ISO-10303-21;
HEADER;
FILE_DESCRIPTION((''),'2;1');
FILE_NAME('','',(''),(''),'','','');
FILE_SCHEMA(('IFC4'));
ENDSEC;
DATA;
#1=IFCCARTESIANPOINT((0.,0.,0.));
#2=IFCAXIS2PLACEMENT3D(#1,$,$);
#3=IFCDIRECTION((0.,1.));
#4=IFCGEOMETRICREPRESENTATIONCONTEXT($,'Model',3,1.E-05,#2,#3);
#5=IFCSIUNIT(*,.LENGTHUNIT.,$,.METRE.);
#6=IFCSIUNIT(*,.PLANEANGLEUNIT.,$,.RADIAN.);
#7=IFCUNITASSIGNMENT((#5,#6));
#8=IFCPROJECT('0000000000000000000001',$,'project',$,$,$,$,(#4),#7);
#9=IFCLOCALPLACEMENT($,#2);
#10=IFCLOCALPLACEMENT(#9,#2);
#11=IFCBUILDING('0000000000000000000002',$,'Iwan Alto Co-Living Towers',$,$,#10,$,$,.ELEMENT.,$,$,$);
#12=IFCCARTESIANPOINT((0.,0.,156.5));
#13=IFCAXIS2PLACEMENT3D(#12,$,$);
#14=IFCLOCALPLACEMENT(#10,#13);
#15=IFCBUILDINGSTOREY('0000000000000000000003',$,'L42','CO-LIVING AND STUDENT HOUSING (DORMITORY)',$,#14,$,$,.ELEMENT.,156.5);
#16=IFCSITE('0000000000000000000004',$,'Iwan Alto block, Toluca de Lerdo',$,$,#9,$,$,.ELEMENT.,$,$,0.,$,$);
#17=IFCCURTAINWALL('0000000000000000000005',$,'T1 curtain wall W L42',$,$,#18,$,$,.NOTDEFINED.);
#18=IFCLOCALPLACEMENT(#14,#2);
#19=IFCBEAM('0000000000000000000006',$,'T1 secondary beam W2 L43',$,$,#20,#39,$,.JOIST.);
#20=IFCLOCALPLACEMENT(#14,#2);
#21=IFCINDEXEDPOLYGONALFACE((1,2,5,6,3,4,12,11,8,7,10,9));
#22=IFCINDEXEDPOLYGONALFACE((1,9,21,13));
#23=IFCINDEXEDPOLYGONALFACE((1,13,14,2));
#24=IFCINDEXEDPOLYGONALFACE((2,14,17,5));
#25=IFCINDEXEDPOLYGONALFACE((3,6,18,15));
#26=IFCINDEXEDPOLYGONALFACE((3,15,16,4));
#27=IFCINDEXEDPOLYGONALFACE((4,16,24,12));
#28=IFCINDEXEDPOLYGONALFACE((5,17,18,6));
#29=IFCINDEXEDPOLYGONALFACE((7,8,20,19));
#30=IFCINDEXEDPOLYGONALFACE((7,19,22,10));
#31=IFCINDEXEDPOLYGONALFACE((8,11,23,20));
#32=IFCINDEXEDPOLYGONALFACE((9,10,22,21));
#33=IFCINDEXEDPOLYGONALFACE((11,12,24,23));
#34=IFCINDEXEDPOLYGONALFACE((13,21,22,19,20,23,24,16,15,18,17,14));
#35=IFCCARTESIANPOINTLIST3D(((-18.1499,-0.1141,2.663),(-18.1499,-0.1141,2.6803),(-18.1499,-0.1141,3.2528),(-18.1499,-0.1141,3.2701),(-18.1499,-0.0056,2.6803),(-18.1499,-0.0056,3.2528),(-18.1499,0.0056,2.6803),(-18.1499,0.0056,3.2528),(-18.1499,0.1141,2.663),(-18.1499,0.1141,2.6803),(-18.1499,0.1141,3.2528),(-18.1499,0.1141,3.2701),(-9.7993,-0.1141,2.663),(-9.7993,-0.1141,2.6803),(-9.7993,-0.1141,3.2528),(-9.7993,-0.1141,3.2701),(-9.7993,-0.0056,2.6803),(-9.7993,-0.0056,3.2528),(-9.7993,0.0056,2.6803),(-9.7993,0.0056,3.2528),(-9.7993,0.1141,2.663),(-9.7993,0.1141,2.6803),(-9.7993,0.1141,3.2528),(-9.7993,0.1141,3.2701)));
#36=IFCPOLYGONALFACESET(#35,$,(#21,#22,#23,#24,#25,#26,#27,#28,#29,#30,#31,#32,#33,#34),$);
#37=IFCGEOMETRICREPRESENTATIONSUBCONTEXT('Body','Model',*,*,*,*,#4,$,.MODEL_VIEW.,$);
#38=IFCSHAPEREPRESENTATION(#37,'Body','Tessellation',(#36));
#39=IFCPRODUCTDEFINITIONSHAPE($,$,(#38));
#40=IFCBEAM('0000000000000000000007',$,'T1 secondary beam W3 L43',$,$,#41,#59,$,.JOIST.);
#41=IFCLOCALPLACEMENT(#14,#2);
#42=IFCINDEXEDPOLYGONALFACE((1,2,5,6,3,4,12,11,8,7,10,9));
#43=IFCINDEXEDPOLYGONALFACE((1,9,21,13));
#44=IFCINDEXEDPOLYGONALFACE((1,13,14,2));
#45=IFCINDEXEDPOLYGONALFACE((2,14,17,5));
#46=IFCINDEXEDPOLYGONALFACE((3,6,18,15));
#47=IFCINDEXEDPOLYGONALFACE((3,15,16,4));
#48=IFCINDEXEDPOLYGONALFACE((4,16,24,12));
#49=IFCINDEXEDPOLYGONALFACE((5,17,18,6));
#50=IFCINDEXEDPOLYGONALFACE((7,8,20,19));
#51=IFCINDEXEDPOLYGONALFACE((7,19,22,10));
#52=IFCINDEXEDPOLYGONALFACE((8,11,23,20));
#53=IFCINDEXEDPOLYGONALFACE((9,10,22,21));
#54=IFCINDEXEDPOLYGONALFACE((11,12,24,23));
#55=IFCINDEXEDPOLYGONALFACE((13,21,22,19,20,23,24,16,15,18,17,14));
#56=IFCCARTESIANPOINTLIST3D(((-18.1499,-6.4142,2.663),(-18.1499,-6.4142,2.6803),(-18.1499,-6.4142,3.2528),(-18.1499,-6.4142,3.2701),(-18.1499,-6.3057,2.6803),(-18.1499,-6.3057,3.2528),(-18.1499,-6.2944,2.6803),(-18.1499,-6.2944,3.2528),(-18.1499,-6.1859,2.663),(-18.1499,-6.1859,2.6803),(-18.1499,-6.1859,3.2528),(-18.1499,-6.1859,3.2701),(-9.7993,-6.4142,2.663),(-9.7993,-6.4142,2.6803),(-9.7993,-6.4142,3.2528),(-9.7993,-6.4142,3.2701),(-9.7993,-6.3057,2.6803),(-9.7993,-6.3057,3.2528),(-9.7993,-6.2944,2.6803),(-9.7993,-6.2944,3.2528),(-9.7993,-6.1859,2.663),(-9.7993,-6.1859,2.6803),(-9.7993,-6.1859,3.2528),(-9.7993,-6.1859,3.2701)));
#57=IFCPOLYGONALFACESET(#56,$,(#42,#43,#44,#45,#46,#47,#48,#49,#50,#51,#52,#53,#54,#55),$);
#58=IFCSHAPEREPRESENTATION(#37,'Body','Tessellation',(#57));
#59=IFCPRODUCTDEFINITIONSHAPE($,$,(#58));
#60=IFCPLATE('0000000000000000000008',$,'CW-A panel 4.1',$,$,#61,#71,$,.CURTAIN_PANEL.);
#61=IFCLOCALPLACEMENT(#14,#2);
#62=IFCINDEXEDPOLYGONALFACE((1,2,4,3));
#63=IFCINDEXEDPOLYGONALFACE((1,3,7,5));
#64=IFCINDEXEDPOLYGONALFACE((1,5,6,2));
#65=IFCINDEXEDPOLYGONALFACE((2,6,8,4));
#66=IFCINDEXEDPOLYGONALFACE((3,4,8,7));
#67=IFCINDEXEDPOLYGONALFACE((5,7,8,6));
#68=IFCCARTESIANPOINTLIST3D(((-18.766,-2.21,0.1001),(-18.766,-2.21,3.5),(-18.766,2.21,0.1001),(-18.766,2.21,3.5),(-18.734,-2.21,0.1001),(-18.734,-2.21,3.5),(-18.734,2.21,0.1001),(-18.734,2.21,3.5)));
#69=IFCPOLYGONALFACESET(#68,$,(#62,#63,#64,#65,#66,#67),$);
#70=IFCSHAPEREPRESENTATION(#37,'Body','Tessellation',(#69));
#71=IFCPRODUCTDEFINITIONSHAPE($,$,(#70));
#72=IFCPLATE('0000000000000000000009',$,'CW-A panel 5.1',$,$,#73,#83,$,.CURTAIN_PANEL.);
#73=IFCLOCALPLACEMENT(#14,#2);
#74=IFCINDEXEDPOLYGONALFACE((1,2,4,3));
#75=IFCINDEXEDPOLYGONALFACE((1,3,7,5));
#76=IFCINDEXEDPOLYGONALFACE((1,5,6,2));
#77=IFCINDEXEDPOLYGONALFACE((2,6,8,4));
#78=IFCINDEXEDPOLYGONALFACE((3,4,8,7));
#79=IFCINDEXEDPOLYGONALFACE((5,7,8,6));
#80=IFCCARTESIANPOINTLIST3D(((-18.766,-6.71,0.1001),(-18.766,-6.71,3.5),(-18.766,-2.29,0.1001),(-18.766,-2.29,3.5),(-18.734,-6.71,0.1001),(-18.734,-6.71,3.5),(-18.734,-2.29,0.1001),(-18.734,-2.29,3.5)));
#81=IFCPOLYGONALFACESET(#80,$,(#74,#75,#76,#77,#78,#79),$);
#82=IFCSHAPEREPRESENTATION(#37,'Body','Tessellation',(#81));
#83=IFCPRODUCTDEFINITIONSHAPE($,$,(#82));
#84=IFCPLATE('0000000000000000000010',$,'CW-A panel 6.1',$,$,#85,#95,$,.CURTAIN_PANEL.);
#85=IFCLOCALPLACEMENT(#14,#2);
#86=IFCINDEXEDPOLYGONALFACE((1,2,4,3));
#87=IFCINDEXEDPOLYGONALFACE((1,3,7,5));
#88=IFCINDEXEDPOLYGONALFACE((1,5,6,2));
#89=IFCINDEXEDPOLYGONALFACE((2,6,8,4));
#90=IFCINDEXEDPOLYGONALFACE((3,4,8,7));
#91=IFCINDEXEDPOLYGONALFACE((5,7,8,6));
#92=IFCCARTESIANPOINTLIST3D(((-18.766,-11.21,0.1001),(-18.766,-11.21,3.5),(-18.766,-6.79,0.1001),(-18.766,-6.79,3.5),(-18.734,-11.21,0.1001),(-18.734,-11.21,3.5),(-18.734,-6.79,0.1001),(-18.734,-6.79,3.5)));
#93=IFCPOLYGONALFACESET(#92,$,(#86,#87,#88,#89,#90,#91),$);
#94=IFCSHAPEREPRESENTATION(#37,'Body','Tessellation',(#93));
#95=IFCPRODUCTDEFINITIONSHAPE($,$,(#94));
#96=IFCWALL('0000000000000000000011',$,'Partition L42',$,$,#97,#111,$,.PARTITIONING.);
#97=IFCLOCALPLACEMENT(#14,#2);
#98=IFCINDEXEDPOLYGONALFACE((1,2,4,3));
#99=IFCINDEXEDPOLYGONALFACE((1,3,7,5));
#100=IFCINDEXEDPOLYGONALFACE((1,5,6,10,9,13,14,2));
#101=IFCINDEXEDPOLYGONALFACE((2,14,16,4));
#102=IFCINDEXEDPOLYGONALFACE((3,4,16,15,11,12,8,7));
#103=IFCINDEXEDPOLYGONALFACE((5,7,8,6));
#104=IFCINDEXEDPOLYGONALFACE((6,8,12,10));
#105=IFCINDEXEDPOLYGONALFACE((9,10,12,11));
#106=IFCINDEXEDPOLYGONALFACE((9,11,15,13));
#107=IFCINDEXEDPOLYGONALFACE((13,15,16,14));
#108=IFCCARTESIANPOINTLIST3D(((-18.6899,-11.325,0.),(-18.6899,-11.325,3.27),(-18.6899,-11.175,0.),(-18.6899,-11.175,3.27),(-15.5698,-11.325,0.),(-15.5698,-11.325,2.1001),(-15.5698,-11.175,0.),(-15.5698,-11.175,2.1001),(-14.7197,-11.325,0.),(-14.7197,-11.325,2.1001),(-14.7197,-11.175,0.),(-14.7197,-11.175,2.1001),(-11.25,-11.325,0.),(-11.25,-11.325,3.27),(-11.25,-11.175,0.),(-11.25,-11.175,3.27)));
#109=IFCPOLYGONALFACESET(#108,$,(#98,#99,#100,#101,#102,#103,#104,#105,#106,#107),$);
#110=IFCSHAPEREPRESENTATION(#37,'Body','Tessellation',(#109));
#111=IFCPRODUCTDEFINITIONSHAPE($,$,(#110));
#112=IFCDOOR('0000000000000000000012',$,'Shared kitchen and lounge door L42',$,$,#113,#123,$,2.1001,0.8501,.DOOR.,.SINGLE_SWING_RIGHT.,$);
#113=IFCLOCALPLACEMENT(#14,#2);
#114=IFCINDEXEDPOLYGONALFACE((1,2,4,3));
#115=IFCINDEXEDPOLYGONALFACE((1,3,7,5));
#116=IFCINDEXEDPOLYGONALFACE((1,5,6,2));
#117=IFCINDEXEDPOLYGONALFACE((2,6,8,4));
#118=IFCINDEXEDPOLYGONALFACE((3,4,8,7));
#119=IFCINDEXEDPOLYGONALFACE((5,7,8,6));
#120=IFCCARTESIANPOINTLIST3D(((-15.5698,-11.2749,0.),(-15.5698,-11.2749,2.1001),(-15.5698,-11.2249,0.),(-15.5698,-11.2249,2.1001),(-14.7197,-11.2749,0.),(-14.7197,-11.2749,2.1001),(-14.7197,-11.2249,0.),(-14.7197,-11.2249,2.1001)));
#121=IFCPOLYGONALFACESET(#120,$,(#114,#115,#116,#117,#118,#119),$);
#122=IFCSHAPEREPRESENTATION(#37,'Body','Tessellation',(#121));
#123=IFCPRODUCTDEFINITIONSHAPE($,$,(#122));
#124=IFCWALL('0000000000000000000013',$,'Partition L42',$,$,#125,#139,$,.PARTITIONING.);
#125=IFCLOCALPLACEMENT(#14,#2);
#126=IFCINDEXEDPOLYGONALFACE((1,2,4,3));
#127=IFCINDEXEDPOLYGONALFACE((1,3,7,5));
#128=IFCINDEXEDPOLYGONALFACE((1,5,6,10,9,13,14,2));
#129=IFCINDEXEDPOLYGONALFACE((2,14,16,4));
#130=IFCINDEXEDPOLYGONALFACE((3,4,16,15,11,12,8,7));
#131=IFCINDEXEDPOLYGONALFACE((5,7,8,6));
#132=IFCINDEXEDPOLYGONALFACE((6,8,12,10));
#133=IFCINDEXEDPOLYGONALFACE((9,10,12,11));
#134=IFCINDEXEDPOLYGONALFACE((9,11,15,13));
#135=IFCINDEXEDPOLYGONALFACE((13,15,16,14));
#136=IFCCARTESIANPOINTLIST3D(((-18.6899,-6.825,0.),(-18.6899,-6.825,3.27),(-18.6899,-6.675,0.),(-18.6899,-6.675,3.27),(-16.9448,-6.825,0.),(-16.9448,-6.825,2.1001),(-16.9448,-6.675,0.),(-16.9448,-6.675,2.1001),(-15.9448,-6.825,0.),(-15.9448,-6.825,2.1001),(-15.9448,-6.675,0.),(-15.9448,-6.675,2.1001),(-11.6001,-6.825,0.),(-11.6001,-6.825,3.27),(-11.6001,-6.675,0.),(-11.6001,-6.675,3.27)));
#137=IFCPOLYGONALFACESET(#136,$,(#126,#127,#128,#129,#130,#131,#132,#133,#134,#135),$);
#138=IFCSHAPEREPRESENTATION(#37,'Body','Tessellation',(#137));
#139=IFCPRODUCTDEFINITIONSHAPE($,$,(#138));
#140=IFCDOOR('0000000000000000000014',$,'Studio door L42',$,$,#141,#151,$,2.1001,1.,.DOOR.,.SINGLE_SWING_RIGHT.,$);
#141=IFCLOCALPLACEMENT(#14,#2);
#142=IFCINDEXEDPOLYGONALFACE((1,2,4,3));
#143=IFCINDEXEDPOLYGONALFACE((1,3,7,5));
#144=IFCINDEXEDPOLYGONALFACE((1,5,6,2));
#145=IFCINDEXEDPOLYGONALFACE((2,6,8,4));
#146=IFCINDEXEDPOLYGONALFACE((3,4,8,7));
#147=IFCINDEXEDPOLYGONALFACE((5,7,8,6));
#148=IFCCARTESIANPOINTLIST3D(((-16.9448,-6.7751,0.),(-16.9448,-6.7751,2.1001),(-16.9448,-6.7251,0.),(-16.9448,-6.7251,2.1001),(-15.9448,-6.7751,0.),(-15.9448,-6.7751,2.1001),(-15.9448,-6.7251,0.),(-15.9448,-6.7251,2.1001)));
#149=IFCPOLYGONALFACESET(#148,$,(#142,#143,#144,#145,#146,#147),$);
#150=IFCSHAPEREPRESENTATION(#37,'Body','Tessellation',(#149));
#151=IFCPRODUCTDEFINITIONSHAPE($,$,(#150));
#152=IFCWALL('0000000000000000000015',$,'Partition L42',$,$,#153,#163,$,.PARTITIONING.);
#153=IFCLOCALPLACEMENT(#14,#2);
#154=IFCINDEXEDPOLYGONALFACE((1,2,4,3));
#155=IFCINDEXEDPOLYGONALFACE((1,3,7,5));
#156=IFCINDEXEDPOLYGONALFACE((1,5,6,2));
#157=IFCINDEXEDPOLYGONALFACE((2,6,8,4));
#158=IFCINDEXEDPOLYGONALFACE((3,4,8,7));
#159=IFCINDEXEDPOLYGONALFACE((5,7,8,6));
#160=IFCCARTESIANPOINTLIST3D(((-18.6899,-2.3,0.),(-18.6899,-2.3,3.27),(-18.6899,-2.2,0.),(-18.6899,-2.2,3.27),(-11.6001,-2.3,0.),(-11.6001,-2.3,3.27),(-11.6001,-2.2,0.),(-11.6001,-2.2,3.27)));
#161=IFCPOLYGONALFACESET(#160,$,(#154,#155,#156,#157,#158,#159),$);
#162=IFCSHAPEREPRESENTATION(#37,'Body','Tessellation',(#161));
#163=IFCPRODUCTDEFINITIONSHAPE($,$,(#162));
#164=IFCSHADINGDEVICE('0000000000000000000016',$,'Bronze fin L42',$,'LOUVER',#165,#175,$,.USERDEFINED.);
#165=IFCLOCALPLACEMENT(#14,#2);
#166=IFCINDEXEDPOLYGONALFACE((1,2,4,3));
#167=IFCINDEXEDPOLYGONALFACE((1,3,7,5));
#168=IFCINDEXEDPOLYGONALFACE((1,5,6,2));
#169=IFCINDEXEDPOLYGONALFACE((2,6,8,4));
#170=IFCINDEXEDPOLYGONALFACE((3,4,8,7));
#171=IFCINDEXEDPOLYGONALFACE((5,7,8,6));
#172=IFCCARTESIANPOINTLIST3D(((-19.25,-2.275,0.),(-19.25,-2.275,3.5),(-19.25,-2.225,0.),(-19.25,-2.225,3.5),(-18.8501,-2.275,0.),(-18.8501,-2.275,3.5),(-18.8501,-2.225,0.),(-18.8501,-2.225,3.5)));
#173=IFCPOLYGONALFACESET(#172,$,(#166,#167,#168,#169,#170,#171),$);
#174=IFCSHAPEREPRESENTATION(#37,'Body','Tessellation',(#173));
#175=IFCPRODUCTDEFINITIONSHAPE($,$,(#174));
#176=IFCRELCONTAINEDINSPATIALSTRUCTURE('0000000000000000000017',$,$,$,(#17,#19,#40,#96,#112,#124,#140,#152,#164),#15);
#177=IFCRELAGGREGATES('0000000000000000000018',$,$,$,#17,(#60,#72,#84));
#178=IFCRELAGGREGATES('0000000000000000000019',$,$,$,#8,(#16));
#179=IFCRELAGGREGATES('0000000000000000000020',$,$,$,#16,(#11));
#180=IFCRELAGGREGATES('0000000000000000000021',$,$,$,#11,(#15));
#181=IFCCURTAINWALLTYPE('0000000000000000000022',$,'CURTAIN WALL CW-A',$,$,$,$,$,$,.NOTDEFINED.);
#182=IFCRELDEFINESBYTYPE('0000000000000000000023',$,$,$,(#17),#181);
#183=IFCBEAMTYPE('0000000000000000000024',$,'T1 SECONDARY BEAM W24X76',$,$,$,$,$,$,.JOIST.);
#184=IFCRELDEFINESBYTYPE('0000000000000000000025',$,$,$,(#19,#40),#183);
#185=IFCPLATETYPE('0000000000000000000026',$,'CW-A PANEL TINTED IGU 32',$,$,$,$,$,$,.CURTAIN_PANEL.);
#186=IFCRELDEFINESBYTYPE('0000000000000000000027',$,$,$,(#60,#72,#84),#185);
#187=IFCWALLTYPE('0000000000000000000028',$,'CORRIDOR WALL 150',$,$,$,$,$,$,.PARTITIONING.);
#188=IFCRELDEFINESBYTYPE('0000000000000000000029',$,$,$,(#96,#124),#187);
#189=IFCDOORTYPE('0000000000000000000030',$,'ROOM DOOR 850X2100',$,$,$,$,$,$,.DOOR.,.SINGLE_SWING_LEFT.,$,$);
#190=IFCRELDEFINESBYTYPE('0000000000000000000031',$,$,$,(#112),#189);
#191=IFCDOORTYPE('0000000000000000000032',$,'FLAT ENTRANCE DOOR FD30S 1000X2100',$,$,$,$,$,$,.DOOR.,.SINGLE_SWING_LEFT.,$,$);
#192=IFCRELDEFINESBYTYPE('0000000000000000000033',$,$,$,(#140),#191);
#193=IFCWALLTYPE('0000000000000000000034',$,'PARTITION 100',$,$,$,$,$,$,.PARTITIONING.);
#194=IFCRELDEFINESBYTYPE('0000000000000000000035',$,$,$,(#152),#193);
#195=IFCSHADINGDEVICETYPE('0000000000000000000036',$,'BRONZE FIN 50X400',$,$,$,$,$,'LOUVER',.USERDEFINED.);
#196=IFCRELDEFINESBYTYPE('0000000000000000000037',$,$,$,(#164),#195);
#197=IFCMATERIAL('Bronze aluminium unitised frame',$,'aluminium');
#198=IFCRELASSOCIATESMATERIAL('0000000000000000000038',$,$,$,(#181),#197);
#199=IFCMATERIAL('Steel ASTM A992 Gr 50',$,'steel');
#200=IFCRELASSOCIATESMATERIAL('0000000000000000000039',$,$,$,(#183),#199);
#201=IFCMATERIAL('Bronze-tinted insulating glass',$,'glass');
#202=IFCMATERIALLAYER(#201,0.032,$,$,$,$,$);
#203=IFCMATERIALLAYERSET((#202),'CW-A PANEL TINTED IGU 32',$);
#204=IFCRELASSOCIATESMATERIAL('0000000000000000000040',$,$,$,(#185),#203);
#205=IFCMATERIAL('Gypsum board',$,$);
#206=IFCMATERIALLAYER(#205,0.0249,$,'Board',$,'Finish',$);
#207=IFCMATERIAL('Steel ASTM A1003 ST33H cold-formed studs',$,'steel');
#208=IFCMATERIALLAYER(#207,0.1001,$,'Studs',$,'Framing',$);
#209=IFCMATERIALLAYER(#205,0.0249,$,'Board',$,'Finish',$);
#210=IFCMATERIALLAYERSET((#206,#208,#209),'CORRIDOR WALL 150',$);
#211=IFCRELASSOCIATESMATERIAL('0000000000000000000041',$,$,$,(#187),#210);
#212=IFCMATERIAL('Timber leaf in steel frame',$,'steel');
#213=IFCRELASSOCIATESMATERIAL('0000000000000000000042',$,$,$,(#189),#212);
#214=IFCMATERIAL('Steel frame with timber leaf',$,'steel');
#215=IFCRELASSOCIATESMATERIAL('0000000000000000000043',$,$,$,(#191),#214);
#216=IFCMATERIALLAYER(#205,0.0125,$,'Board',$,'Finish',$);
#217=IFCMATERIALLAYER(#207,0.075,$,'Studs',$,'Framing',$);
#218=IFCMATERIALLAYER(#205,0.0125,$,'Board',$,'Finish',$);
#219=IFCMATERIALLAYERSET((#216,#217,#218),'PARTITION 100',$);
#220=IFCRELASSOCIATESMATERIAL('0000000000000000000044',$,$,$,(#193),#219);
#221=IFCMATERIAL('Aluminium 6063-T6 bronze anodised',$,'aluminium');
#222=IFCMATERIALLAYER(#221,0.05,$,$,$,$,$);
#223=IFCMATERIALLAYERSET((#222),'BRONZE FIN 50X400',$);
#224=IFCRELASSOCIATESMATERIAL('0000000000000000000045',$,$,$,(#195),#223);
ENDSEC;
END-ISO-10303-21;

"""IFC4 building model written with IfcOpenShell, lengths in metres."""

from ifc_helpers import new_model, si_unit, direction, frame, frame_2d, origin, origin_2d, place, context, subcontext, project, spatial, rectangle, i_section, extrude, material, layer, layer_set, material_profile, profile_set, type_object, element, fill, aggregate, save


model = new_model("IFC4")

# Units and contexts
model_context = context("Model", 3, precision=1e-05, world=origin(), true_north=direction((0.0, 1.0)))
body_context = subcontext(model_context, "Body", "Model", "MODEL_VIEW")
ifc_project = project(units=[si_unit("LENGTHUNIT", "METRE"), si_unit("PLANEANGLEUNIT", "RADIAN")], contexts=[model_context])

# Site, building, storey
site_placement = place(None, origin())
site = spatial("IfcSite", under=ifc_project, at=site_placement, Name="Iwan Alto block, Toluca de Lerdo", CompositionType="ELEMENT", RefElevation=0.0)
building_placement = place(site_placement, origin())
building = spatial("IfcBuilding", under=site, at=building_placement, Name="Iwan Alto Co-Living Towers", CompositionType="ELEMENT")
storey_placement = place(building_placement, frame((0.0, 0.0, 156.5)))
storey = spatial("IfcBuildingStorey", under=building, at=storey_placement, Name="L42", Description="CO-LIVING AND STUDENT HOUSING (DORMITORY)", CompositionType="ELEMENT", Elevation=156.5)

# Curtain wall
ifc_material_1 = material(Name="Bronze aluminium unitised frame", Category="aluminium")
curtain_wall_type = type_object("IfcCurtainWallType", Name="CURTAIN WALL CW-A", PredefinedType="NOTDEFINED", material=ifc_material_1)
curtain_wall_placement = place(storey_placement, origin())
curtain_wall = element("IfcCurtainWall", 1, at=curtain_wall_placement, inside=storey, type_object=curtain_wall_type, Name="T1 curtain wall W L42", PredefinedType="NOTDEFINED")

# Beams
ifc_material_2 = material(Name="Steel ASTM A992 Gr 50", Category="steel")
ifc_material_profile_1 = material_profile(ifc_material_2, i_section(OverallWidth=0.2283, OverallDepth=0.6072, WebThickness=0.0112, FlangeThickness=0.0173, at=origin_2d()), Name="W24X76")
ifc_profile_set_1 = profile_set([ifc_material_profile_1], Name="Steel ASTM A992 Gr 50")
beam_type_1 = type_object("IfcBeamType", Name="T1 SECONDARY BEAM W24X76", PredefinedType="JOIST", material=ifc_profile_set_1)
for number, where, z_axis, x_axis, name in (
    (2, (-18.1499, 0.0, 2.9666), (1.0, 0.0, 0.0), (0.0, 1.0, 0.0), "T1 secondary beam W2 L43"),
    (3, (-18.1499, -6.3, 2.9666), (1.0, 0.0, 0.0), (0.0, 1.0, 0.0), "T1 secondary beam W3 L43"),
):
    element("IfcBeam", number, at=place(storey_placement, frame(where, z_axis=z_axis, x_axis=x_axis)), inside=storey, type_object=beam_type_1, Name=name, PredefinedType="JOIST", context=body_context, shape_type="SweptSolid", body=[
        extrude(i_section(OverallWidth=0.2283, OverallDepth=0.6072, WebThickness=0.0112, FlangeThickness=0.0173, at=origin_2d()), origin(), (0.0, 0.0, 1.0), 8.3506),
    ])

# Plates
ifc_material_3 = material(Name="Bronze-tinted insulating glass", Category="glass")
ifc_layer_1 = layer(ifc_material_3, 0.032)
ifc_layer_set_1 = layer_set([ifc_layer_1], Name="CW-A PANEL TINTED IGU 32")
plate_type = type_object("IfcPlateType", Name="CW-A PANEL TINTED IGU 32", PredefinedType="CURTAIN_PANEL", material=ifc_layer_set_1)
plate_1_placement = place(storey_placement, frame((-18.75, 0.0, 0.1001), z_axis=(0.0, 0.0, 1.0), x_axis=(0.0, -1.0, 0.0)))
plate_1 = element("IfcPlate", 4, at=plate_1_placement, type_object=plate_type, Name="CW-A panel 4.1", PredefinedType="CURTAIN_PANEL", context=body_context, shape_type="SweptSolid", body=[
    extrude(rectangle(XDim=4.4199, YDim=0.032, at=origin_2d()), origin(), (0.0, 0.0, 1.0), 3.3999),
])
plate_2_placement = place(storey_placement, frame((-18.75, -4.5, 0.1001), z_axis=(0.0, 0.0, 1.0), x_axis=(0.0, -1.0, 0.0)))
plate_2 = element("IfcPlate", 5, at=plate_2_placement, type_object=plate_type, Name="CW-A panel 5.1", PredefinedType="CURTAIN_PANEL", context=body_context, shape_type="SweptSolid", body=[
    extrude(rectangle(XDim=4.4199, YDim=0.032, at=origin_2d()), origin(), (0.0, 0.0, 1.0), 3.3999),
])
plate_3_placement = place(storey_placement, frame((-18.75, -9.0, 0.1001), z_axis=(0.0, 0.0, 1.0), x_axis=(0.0, -1.0, 0.0)))
plate_3 = element("IfcPlate", 6, at=plate_3_placement, type_object=plate_type, Name="CW-A panel 6.1", PredefinedType="CURTAIN_PANEL", context=body_context, shape_type="SweptSolid", body=[
    extrude(rectangle(XDim=4.4199, YDim=0.032, at=origin_2d()), origin(), (0.0, 0.0, 1.0), 3.3999),
])
aggregate(curtain_wall, [plate_1, plate_2, plate_3])

# Walls, openings, doors
ifc_material_4 = material(Name="Gypsum board")
ifc_layer_2 = layer(ifc_material_4, 0.0249, Name="Board", Category="Finish")
ifc_material_5 = material(Name="Steel ASTM A1003 ST33H cold-formed studs", Category="steel")
ifc_layer_3 = layer(ifc_material_5, 0.1001, Name="Studs", Category="Framing")
ifc_layer_4 = layer(ifc_material_4, 0.0249, Name="Board", Category="Finish")
ifc_layer_set_2 = layer_set([ifc_layer_2, ifc_layer_3, ifc_layer_4], Name="CORRIDOR WALL 150")
wall_type_1 = type_object("IfcWallType", Name="CORRIDOR WALL 150", PredefinedType="PARTITIONING", material=ifc_layer_set_2)
wall_1_placement = place(storey_placement, frame((-18.6899, -11.25, 0.0), z_axis=(0.0, 0.0, 1.0), x_axis=(1.0, 0.0, 0.0)))
wall_1 = element("IfcWall", 7, at=wall_1_placement, inside=storey, type_object=wall_type_1, Name="Partition L42", PredefinedType="PARTITIONING", context=body_context, shape_type="SweptSolid", body=[
    extrude(rectangle(XDim=7.4399, YDim=0.1499, at=frame_2d((3.72, 0.0))), origin(), (0.0, 0.0, 1.0), 3.27),
])
opening_1_placement = place(wall_1_placement, frame((3.1201, 0.0, 0.0)))
opening_1 = element("IfcOpeningElement", 8, at=opening_1_placement, cuts=wall_1, PredefinedType="OPENING", context=body_context, shape_type="SweptSolid", body=[
    extrude(rectangle(XDim=0.8501, YDim=2.1001, at=frame_2d((0.425, 1.05))), frame((0.0, 0.085, 0.0), z_axis=(0.0, -1.0, 0.0), x_axis=(1.0, 0.0, 0.0)), (0.0, 0.0, 1.0), 0.1699),
])
ifc_material_6 = material(Name="Timber leaf in steel frame", Category="steel")
door_type_1 = type_object("IfcDoorType", Name="ROOM DOOR 850X2100", OperationType="SINGLE_SWING_LEFT", PredefinedType="DOOR", material=ifc_material_6)
door_1_placement = place(opening_1_placement, frame((0.8501, 0.0, 0.0), z_axis=(0.0, 0.0, 1.0), x_axis=(-1.0, 0.0, 0.0)))
door_1 = element("IfcDoor", 9, at=door_1_placement, inside=storey, type_object=door_type_1, Name="Shared kitchen and lounge door L42", OperationType="SINGLE_SWING_RIGHT", OverallHeight=2.1001, OverallWidth=0.8501, PredefinedType="DOOR", context=body_context, shape_type="SweptSolid", body=[
    extrude(rectangle(XDim=0.8501, YDim=2.1001, at=frame_2d((0.425, 1.05))), frame((0.0, 0.0249, 0.0), z_axis=(0.0, -1.0, 0.0), x_axis=(1.0, 0.0, 0.0)), (0.0, 0.0, 1.0), 0.05),
])
fill(opening_1, door_1)
wall_2_placement = place(storey_placement, frame((-18.6899, -6.75, 0.0), z_axis=(0.0, 0.0, 1.0), x_axis=(1.0, 0.0, 0.0)))
wall_2 = element("IfcWall", 10, at=wall_2_placement, inside=storey, type_object=wall_type_1, Name="Partition L42", PredefinedType="PARTITIONING", context=body_context, shape_type="SweptSolid", body=[
    extrude(rectangle(XDim=7.0898, YDim=0.1499, at=frame_2d((3.5449, 0.0))), origin(), (0.0, 0.0, 1.0), 3.27),
])
opening_2_placement = place(wall_2_placement, frame((1.7451, 0.0, 0.0)))
opening_2 = element("IfcOpeningElement", 11, at=opening_2_placement, cuts=wall_2, PredefinedType="OPENING", context=body_context, shape_type="SweptSolid", body=[
    extrude(rectangle(XDim=1.0, YDim=2.1001, at=frame_2d((0.5, 1.05))), frame((0.0, 0.085, 0.0), z_axis=(0.0, -1.0, 0.0), x_axis=(1.0, 0.0, 0.0)), (0.0, 0.0, 1.0), 0.1699),
])
ifc_material_7 = material(Name="Steel frame with timber leaf", Category="steel")
door_type_2 = type_object("IfcDoorType", Name="FLAT ENTRANCE DOOR FD30S 1000X2100", OperationType="SINGLE_SWING_LEFT", PredefinedType="DOOR", material=ifc_material_7)
door_2_placement = place(opening_2_placement, origin())
door_2 = element("IfcDoor", 12, at=door_2_placement, inside=storey, type_object=door_type_2, Name="Studio door L42", OperationType="SINGLE_SWING_RIGHT", OverallHeight=2.1001, OverallWidth=1.0, PredefinedType="DOOR", context=body_context, shape_type="SweptSolid", body=[
    extrude(rectangle(XDim=1.0, YDim=2.1001, at=frame_2d((0.5, 1.05))), frame((0.0, 0.0249, 0.0), z_axis=(0.0, -1.0, 0.0), x_axis=(1.0, 0.0, 0.0)), (0.0, 0.0, 1.0), 0.05),
])
fill(opening_2, door_2)

# Wall
ifc_layer_5 = layer(ifc_material_4, 0.0125, Name="Board", Category="Finish")
ifc_layer_6 = layer(ifc_material_5, 0.075, Name="Studs", Category="Framing")
ifc_layer_7 = layer(ifc_material_4, 0.0125, Name="Board", Category="Finish")
ifc_layer_set_3 = layer_set([ifc_layer_5, ifc_layer_6, ifc_layer_7], Name="PARTITION 100")
wall_type_2 = type_object("IfcWallType", Name="PARTITION 100", PredefinedType="PARTITIONING", material=ifc_layer_set_3)
wall_3_placement = place(storey_placement, frame((-18.6899, -2.25, 0.0), z_axis=(0.0, 0.0, 1.0), x_axis=(1.0, 0.0, 0.0)))
element("IfcWall", 13, at=wall_3_placement, inside=storey, type_object=wall_type_2, Name="Partition L42", PredefinedType="PARTITIONING", context=body_context, shape_type="SweptSolid", body=[
    extrude(rectangle(XDim=7.0898, YDim=0.1001, at=frame_2d((3.5449, 0.0))), origin(), (0.0, 0.0, 1.0), 3.27),
])

# Shading device
ifc_material_8 = material(Name="Aluminium 6063-T6 bronze anodised", Category="aluminium")
ifc_layer_8 = layer(ifc_material_8, 0.05)
ifc_layer_set_4 = layer_set([ifc_layer_8], Name="BRONZE FIN 50X400")
shading_device_type = type_object("IfcShadingDeviceType", Name="BRONZE FIN 50X400", ElementType="LOUVER", PredefinedType="USERDEFINED", material=ifc_layer_set_4)
shading_device_placement = place(storey_placement, frame((-19.05, -2.25, 0.0), z_axis=(0.0, 0.0, 1.0), x_axis=(0.0, -1.0, 0.0)))
element("IfcShadingDevice", 14, at=shading_device_placement, inside=storey, type_object=shading_device_type, Name="Bronze fin L42", ObjectType="LOUVER", PredefinedType="USERDEFINED", context=body_context, shape_type="SweptSolid", body=[
    extrude(rectangle(XDim=0.05, YDim=0.3999, at=origin_2d()), origin(), (0.0, 0.0, 1.0), 3.5),
])

save(model, "model.ifc")
